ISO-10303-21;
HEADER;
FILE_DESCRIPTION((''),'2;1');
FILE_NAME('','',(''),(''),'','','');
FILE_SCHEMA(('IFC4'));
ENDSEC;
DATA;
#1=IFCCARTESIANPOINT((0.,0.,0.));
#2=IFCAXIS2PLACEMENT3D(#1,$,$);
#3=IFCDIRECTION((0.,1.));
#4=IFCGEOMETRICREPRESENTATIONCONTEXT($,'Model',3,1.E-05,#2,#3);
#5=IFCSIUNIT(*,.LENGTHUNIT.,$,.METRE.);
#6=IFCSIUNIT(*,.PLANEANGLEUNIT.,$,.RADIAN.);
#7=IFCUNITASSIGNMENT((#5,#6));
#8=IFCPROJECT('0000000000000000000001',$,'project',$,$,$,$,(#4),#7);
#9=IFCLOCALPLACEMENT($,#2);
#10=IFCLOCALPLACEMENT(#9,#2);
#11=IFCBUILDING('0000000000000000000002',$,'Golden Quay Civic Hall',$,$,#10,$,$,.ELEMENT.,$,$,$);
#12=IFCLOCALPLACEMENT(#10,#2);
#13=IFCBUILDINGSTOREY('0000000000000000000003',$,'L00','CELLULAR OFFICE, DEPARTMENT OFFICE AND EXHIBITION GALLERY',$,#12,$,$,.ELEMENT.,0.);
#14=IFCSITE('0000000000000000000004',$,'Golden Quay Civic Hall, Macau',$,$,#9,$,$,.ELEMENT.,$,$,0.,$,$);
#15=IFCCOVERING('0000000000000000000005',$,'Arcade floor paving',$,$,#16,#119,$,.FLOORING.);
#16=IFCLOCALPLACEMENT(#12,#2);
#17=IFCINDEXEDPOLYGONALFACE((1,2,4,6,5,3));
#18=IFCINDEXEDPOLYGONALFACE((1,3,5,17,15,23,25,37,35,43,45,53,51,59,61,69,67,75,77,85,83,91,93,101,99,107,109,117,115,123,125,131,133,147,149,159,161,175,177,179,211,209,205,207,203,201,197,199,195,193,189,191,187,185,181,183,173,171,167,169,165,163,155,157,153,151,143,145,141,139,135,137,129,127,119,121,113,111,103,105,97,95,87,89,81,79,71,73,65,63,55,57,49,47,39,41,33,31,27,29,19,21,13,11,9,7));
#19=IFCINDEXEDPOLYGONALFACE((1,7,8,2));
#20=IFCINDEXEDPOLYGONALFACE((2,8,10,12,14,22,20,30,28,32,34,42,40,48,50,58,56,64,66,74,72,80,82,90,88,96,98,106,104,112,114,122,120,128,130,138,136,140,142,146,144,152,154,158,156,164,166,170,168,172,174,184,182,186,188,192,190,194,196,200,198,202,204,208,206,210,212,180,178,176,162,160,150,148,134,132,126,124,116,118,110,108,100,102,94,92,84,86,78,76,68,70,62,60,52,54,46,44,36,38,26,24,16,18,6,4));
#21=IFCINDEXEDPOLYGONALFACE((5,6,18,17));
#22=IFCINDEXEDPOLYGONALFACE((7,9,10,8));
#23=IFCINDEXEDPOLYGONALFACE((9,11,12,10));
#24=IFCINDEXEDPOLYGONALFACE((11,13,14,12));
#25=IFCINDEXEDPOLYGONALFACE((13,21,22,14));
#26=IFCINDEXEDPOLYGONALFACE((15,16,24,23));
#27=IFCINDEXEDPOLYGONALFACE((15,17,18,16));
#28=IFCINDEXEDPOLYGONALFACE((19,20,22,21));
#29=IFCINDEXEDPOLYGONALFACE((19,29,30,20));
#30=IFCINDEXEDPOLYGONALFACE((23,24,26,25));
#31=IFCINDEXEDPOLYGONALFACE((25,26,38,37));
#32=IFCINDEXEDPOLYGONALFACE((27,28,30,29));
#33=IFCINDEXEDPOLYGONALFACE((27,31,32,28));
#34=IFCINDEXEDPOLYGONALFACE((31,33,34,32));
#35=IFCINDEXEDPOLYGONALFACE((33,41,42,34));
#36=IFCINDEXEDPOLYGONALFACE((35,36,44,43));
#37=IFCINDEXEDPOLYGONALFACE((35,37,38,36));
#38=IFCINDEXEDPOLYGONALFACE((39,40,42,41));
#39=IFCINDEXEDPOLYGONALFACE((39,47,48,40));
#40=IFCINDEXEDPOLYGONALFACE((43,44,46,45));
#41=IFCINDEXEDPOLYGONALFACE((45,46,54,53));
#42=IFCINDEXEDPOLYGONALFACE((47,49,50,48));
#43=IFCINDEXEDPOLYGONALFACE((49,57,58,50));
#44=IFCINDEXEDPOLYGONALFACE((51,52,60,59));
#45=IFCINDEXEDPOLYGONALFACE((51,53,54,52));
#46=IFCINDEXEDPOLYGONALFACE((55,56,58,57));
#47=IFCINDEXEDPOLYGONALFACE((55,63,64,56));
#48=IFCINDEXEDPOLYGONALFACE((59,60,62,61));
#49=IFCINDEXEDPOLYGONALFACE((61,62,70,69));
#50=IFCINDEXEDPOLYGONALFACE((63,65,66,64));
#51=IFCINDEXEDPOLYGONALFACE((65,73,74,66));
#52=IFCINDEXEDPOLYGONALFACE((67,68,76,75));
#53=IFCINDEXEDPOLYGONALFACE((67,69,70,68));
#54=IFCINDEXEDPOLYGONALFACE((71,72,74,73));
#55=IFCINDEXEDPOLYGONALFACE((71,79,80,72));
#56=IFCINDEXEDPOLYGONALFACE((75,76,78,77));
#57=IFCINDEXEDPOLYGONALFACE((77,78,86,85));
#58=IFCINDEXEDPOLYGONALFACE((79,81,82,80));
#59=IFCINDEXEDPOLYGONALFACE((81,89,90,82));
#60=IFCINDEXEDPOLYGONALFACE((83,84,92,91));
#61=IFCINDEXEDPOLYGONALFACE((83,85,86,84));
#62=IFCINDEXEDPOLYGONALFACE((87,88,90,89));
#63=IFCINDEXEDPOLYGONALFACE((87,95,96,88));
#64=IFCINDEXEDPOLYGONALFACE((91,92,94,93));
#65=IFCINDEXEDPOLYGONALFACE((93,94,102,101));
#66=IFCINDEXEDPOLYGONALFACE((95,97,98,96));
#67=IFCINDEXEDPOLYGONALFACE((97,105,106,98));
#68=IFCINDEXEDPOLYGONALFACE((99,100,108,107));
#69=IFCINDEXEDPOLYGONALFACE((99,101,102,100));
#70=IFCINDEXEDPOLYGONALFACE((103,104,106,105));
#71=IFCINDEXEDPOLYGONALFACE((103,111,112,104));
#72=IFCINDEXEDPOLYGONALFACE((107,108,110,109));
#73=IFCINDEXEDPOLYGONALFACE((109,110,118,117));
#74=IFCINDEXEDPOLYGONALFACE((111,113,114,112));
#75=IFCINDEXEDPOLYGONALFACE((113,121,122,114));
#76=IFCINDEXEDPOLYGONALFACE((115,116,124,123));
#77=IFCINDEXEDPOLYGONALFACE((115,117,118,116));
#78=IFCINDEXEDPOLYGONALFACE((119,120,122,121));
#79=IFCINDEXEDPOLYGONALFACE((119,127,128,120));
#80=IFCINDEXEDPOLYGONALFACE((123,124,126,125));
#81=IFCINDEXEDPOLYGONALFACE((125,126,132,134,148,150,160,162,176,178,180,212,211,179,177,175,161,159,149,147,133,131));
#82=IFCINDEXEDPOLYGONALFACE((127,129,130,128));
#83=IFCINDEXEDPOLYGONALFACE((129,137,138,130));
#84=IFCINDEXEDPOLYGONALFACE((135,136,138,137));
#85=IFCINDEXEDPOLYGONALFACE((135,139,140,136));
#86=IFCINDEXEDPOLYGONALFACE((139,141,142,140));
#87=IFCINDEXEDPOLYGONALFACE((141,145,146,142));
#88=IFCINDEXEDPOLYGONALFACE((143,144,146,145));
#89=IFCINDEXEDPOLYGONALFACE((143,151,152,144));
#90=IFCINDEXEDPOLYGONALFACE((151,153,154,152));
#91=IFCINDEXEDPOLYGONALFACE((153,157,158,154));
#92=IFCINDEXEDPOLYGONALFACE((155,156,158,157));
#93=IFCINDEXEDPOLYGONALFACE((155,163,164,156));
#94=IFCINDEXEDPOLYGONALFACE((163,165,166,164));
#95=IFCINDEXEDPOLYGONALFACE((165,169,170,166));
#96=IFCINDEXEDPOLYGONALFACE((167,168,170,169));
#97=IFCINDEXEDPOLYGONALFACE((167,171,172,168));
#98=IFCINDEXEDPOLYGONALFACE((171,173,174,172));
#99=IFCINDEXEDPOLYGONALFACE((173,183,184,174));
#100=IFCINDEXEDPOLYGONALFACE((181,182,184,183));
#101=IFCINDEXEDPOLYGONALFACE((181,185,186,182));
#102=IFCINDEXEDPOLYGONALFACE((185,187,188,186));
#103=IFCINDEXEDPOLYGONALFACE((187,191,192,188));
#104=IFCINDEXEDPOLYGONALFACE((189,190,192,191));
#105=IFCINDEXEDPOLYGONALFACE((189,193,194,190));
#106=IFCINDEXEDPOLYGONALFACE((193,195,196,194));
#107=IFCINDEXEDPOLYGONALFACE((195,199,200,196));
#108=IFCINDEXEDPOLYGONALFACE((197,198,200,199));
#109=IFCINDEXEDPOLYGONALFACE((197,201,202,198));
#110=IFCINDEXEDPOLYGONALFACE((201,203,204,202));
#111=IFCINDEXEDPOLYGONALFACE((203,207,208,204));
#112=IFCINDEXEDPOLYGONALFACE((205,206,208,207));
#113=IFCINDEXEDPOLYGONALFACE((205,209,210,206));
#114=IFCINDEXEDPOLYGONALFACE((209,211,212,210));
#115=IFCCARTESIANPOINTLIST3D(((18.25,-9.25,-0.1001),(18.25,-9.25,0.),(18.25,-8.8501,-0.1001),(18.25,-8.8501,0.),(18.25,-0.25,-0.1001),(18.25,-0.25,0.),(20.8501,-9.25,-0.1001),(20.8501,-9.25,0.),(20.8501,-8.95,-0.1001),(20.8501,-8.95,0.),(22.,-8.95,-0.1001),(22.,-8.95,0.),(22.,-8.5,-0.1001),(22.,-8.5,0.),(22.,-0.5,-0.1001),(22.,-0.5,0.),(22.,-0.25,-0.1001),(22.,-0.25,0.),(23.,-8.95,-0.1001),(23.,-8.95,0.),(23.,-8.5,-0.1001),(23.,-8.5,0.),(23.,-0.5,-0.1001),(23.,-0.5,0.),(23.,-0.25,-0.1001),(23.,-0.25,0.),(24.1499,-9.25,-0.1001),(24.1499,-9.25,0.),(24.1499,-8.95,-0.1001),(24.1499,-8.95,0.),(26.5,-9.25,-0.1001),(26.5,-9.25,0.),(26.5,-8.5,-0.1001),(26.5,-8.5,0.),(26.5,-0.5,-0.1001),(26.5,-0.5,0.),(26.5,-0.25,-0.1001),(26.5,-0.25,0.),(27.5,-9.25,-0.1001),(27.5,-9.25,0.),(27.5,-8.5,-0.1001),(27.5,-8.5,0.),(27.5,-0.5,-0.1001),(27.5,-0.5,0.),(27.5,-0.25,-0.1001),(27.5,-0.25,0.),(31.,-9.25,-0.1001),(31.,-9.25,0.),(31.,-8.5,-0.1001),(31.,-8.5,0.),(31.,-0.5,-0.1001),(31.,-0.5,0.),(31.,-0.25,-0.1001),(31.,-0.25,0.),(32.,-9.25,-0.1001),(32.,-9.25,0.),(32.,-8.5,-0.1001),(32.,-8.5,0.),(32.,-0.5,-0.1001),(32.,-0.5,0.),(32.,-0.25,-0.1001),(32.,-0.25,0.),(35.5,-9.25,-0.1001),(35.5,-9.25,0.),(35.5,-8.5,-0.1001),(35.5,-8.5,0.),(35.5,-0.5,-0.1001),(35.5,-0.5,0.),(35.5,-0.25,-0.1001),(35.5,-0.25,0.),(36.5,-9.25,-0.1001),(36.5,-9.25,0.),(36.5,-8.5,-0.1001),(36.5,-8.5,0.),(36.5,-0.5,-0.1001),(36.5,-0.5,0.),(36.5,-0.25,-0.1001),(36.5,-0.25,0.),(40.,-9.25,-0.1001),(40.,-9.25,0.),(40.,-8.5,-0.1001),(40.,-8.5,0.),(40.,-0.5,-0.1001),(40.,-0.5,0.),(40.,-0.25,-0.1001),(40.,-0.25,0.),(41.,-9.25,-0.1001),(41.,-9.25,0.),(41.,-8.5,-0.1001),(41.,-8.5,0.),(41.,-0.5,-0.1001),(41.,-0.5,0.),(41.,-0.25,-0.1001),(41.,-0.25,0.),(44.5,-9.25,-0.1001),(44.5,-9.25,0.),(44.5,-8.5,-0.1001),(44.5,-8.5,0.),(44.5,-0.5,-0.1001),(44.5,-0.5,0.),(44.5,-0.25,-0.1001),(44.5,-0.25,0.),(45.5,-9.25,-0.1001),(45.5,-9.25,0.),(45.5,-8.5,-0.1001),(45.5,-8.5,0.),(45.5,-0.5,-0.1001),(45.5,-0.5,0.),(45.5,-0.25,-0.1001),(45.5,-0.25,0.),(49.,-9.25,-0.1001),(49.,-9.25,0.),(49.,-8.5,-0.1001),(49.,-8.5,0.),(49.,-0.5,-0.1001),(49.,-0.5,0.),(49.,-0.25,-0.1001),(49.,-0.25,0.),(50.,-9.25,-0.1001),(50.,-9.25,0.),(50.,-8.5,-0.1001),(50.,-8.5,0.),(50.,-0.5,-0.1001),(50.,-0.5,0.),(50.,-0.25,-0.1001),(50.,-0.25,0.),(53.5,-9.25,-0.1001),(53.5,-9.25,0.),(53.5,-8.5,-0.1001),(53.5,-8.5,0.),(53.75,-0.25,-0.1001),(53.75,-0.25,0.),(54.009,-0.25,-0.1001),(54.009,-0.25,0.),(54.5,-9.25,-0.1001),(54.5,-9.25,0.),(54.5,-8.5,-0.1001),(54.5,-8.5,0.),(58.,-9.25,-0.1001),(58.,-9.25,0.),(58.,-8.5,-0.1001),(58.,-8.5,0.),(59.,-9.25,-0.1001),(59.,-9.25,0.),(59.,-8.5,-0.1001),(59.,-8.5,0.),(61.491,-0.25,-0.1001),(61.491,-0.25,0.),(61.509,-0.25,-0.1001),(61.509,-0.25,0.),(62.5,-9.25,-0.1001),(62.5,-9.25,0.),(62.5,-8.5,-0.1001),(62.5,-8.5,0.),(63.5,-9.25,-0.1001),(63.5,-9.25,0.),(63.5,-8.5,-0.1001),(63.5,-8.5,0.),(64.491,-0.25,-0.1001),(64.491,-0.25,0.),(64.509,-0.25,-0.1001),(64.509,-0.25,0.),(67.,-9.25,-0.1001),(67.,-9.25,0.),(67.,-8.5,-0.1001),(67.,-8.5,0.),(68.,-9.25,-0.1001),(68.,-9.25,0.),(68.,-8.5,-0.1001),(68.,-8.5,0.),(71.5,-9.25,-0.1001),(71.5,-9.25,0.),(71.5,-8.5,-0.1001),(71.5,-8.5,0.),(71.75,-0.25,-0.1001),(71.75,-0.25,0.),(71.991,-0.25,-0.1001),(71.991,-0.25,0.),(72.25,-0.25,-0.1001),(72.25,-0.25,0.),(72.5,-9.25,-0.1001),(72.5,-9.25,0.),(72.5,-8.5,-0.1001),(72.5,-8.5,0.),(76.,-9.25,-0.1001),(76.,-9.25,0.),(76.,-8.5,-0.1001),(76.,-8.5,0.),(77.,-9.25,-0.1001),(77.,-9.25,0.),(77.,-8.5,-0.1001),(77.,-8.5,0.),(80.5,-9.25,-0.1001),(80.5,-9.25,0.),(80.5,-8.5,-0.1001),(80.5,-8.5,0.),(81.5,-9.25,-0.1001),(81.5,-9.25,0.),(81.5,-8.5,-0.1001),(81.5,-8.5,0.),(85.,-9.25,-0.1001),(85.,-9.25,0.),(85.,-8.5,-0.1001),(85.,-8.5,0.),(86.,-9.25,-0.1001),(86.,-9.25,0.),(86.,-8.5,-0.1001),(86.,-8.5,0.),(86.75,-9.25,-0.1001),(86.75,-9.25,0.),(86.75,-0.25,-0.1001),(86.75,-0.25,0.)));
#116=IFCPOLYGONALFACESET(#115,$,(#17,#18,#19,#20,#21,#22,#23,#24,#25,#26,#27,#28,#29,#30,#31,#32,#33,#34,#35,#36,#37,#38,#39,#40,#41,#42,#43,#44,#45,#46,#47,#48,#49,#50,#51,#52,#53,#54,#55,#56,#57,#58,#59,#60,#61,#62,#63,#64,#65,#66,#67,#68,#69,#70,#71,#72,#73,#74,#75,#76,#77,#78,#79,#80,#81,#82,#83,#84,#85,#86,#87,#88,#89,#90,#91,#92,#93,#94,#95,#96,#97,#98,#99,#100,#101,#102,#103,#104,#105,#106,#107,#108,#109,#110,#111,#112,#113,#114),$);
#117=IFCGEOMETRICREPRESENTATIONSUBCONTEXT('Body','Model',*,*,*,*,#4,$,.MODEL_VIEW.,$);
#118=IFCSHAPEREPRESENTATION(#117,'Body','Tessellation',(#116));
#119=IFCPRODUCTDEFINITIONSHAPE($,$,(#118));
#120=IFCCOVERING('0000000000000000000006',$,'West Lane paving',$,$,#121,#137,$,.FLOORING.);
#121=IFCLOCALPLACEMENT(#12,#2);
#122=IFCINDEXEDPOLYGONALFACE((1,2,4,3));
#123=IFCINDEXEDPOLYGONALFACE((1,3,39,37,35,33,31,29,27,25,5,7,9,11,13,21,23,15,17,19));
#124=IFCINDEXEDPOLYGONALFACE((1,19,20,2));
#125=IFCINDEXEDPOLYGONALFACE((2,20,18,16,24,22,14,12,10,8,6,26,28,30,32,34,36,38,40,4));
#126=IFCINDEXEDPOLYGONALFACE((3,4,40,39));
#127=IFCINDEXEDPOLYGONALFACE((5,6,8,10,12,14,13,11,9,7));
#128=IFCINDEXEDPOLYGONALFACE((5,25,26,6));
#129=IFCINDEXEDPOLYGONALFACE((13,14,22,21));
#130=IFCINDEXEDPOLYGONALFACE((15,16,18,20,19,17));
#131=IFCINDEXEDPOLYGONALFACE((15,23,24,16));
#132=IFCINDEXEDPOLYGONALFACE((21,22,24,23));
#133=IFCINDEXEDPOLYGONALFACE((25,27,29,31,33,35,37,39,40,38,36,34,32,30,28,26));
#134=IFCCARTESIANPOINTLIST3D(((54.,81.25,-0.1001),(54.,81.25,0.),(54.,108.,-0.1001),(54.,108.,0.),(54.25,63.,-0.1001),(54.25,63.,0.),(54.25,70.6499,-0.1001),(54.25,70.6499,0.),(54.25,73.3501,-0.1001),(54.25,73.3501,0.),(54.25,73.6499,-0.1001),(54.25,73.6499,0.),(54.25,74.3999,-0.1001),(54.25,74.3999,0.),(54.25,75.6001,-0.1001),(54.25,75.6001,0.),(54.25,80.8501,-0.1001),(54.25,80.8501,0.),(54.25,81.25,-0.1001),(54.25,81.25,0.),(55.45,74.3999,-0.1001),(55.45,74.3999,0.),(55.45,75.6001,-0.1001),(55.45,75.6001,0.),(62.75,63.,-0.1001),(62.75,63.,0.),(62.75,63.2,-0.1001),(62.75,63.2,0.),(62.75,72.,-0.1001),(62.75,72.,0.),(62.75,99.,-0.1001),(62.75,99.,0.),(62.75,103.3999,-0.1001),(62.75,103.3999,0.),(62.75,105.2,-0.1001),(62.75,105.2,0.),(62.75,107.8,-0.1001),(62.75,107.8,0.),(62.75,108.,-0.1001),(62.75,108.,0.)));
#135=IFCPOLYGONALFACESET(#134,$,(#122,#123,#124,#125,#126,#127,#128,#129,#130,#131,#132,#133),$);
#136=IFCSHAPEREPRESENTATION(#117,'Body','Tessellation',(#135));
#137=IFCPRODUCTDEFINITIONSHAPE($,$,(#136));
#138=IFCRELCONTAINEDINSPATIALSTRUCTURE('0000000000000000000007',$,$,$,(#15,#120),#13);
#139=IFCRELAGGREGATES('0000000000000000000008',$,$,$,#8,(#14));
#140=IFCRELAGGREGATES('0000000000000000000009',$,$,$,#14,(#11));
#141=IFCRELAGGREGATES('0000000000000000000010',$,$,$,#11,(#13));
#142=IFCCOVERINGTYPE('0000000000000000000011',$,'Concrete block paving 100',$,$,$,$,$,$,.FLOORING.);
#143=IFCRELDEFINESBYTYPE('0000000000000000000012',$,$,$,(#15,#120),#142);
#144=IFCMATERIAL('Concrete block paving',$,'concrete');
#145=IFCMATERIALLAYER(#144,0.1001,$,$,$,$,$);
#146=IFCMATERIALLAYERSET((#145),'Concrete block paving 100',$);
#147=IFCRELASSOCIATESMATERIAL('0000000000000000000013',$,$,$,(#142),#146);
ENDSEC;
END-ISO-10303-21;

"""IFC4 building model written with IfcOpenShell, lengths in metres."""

from ifc_helpers import new_model, si_unit, direction, frame, origin, place, context, subcontext, project, spatial, polyline, outline, extrude, material, layer, layer_set, type_object, element, save


model = new_model("IFC4")

# Units and contexts
model_context = context("Model", 3, precision=1e-05, world=origin(), true_north=direction((0.0, 1.0)))
body_context = subcontext(model_context, "Body", "Model", "MODEL_VIEW")
ifc_project = project(units=[si_unit("LENGTHUNIT", "METRE"), si_unit("PLANEANGLEUNIT", "RADIAN")], contexts=[model_context])

# Site, building, storey
site_placement = place(None, origin())
site = spatial("IfcSite", under=ifc_project, at=site_placement, Name="Golden Quay Civic Hall, Macau", CompositionType="ELEMENT", RefElevation=0.0)
building_placement = place(site_placement, origin())
building = spatial("IfcBuilding", under=site, at=building_placement, Name="Golden Quay Civic Hall", CompositionType="ELEMENT")
storey_placement = place(building_placement, origin())
storey = spatial("IfcBuildingStorey", under=building, at=storey_placement, Name="L00", Description="CELLULAR OFFICE, DEPARTMENT OFFICE AND EXHIBITION GALLERY", CompositionType="ELEMENT", Elevation=0.0)

# Coverings
ifc_material_1 = material(Name="Concrete block paving", Category="concrete")
ifc_layer_1 = layer(ifc_material_1, 0.1001)
ifc_layer_set_1 = layer_set([ifc_layer_1], Name="Concrete block paving 100")
covering_type_1 = type_object("IfcCoveringType", Name="Concrete block paving 100", PredefinedType="FLOORING", material=ifc_layer_set_1)
covering_1_placement = place(storey_placement, frame((0.0, 0.0, -0.1001)))
element("IfcCovering", 1, at=covering_1_placement, inside=storey, type_object=covering_type_1, Name="Arcade floor paving", PredefinedType="FLOORING", context=body_context, shape_type="SweptSolid", body=[
    extrude(outline(polyline([(86.75, -0.25), (86.75, -9.25), (86.0, -9.25), (86.0, -8.5), (85.0, -8.5), (85.0, -9.25), (81.5, -9.25), (81.5, -8.5), (80.5, -8.5), (80.5, -9.25), (77.0, -9.25), (77.0, -8.5), (76.0, -8.5), (76.0, -9.25), (72.5, -9.25), (72.5, -8.5), (71.5, -8.5), (71.5, -9.25), (68.0, -9.25), (68.0, -8.5), (67.0, -8.5), (67.0, -9.25), (63.5, -9.25), (63.5, -8.5), (62.5, -8.5), (62.5, -9.25), (59.0, -9.25), (59.0, -8.5), (58.0, -8.5), (58.0, -9.25), (54.5, -9.25), (54.5, -8.5), (53.5, -8.5), (53.5, -9.25), (50.0, -9.25), (50.0, -8.5), (49.0, -8.5), (49.0, -9.25), (45.5, -9.25), (45.5, -8.5), (44.5, -8.5), (44.5, -9.25), (41.0, -9.25), (41.0, -8.5), (40.0, -8.5), (40.0, -9.25), (36.5, -9.25), (36.5, -8.5), (35.5, -8.5), (35.5, -9.25), (32.0, -9.25), (32.0, -8.5), (31.0, -8.5), (31.0, -9.25), (27.5, -9.25), (27.5, -8.5), (26.5, -8.5), (26.5, -9.25), (24.1499, -9.25), (24.1499, -8.95), (23.0, -8.95), (23.0, -8.5), (22.0, -8.5), (22.0, -8.95), (20.8501, -8.95), (20.8501, -9.25), (18.25, -9.25), (18.25, -8.8501), (18.25, -0.25), (22.0, -0.25), (22.0, -0.5), (23.0, -0.5), (23.0, -0.25), (26.5, -0.25), (26.5, -0.5), (27.5, -0.5), (27.5, -0.25), (31.0, -0.25), (31.0, -0.5), (32.0, -0.5), (32.0, -0.25), (35.5, -0.25), (35.5, -0.5), (36.5, -0.5), (36.5, -0.25), (40.0, -0.25), (40.0, -0.5), (41.0, -0.5), (41.0, -0.25), (44.5, -0.25), (44.5, -0.5), (45.5, -0.5), (45.5, -0.25), (49.0, -0.25), (49.0, -0.5), (50.0, -0.5), (50.0, -0.25), (53.75, -0.25), (54.009, -0.25), (61.491, -0.25), (61.509, -0.25), (64.491, -0.25), (64.509, -0.25), (71.75, -0.25), (71.991, -0.25), (72.25, -0.25), (86.75, -0.25)])), origin(), (0.0, 0.0, 1.0), 0.1001),
])
covering_2_placement = place(storey_placement, frame((0.0, 0.0, -0.1001)))
element("IfcCovering", 2, at=covering_2_placement, inside=storey, type_object=covering_type_1, Name="West Lane paving", PredefinedType="FLOORING", context=body_context, shape_type="SweptSolid", body=[
    extrude(outline(polyline([(54.0, 108.0), (62.75, 108.0), (62.75, 107.8), (62.75, 105.2), (62.75, 103.3999), (62.75, 99.0), (62.75, 72.0), (62.75, 63.2), (62.75, 63.0), (54.25, 63.0), (54.25, 70.6499), (54.25, 73.3501), (54.25, 73.6499), (54.25, 74.3999), (55.45, 74.3999), (55.45, 75.6001), (54.25, 75.6001), (54.25, 80.8501), (54.25, 81.25), (54.0, 81.25), (54.0, 108.0)])), origin(), (0.0, 0.0, 1.0), 0.1001),
])

save(model, "model.ifc")
